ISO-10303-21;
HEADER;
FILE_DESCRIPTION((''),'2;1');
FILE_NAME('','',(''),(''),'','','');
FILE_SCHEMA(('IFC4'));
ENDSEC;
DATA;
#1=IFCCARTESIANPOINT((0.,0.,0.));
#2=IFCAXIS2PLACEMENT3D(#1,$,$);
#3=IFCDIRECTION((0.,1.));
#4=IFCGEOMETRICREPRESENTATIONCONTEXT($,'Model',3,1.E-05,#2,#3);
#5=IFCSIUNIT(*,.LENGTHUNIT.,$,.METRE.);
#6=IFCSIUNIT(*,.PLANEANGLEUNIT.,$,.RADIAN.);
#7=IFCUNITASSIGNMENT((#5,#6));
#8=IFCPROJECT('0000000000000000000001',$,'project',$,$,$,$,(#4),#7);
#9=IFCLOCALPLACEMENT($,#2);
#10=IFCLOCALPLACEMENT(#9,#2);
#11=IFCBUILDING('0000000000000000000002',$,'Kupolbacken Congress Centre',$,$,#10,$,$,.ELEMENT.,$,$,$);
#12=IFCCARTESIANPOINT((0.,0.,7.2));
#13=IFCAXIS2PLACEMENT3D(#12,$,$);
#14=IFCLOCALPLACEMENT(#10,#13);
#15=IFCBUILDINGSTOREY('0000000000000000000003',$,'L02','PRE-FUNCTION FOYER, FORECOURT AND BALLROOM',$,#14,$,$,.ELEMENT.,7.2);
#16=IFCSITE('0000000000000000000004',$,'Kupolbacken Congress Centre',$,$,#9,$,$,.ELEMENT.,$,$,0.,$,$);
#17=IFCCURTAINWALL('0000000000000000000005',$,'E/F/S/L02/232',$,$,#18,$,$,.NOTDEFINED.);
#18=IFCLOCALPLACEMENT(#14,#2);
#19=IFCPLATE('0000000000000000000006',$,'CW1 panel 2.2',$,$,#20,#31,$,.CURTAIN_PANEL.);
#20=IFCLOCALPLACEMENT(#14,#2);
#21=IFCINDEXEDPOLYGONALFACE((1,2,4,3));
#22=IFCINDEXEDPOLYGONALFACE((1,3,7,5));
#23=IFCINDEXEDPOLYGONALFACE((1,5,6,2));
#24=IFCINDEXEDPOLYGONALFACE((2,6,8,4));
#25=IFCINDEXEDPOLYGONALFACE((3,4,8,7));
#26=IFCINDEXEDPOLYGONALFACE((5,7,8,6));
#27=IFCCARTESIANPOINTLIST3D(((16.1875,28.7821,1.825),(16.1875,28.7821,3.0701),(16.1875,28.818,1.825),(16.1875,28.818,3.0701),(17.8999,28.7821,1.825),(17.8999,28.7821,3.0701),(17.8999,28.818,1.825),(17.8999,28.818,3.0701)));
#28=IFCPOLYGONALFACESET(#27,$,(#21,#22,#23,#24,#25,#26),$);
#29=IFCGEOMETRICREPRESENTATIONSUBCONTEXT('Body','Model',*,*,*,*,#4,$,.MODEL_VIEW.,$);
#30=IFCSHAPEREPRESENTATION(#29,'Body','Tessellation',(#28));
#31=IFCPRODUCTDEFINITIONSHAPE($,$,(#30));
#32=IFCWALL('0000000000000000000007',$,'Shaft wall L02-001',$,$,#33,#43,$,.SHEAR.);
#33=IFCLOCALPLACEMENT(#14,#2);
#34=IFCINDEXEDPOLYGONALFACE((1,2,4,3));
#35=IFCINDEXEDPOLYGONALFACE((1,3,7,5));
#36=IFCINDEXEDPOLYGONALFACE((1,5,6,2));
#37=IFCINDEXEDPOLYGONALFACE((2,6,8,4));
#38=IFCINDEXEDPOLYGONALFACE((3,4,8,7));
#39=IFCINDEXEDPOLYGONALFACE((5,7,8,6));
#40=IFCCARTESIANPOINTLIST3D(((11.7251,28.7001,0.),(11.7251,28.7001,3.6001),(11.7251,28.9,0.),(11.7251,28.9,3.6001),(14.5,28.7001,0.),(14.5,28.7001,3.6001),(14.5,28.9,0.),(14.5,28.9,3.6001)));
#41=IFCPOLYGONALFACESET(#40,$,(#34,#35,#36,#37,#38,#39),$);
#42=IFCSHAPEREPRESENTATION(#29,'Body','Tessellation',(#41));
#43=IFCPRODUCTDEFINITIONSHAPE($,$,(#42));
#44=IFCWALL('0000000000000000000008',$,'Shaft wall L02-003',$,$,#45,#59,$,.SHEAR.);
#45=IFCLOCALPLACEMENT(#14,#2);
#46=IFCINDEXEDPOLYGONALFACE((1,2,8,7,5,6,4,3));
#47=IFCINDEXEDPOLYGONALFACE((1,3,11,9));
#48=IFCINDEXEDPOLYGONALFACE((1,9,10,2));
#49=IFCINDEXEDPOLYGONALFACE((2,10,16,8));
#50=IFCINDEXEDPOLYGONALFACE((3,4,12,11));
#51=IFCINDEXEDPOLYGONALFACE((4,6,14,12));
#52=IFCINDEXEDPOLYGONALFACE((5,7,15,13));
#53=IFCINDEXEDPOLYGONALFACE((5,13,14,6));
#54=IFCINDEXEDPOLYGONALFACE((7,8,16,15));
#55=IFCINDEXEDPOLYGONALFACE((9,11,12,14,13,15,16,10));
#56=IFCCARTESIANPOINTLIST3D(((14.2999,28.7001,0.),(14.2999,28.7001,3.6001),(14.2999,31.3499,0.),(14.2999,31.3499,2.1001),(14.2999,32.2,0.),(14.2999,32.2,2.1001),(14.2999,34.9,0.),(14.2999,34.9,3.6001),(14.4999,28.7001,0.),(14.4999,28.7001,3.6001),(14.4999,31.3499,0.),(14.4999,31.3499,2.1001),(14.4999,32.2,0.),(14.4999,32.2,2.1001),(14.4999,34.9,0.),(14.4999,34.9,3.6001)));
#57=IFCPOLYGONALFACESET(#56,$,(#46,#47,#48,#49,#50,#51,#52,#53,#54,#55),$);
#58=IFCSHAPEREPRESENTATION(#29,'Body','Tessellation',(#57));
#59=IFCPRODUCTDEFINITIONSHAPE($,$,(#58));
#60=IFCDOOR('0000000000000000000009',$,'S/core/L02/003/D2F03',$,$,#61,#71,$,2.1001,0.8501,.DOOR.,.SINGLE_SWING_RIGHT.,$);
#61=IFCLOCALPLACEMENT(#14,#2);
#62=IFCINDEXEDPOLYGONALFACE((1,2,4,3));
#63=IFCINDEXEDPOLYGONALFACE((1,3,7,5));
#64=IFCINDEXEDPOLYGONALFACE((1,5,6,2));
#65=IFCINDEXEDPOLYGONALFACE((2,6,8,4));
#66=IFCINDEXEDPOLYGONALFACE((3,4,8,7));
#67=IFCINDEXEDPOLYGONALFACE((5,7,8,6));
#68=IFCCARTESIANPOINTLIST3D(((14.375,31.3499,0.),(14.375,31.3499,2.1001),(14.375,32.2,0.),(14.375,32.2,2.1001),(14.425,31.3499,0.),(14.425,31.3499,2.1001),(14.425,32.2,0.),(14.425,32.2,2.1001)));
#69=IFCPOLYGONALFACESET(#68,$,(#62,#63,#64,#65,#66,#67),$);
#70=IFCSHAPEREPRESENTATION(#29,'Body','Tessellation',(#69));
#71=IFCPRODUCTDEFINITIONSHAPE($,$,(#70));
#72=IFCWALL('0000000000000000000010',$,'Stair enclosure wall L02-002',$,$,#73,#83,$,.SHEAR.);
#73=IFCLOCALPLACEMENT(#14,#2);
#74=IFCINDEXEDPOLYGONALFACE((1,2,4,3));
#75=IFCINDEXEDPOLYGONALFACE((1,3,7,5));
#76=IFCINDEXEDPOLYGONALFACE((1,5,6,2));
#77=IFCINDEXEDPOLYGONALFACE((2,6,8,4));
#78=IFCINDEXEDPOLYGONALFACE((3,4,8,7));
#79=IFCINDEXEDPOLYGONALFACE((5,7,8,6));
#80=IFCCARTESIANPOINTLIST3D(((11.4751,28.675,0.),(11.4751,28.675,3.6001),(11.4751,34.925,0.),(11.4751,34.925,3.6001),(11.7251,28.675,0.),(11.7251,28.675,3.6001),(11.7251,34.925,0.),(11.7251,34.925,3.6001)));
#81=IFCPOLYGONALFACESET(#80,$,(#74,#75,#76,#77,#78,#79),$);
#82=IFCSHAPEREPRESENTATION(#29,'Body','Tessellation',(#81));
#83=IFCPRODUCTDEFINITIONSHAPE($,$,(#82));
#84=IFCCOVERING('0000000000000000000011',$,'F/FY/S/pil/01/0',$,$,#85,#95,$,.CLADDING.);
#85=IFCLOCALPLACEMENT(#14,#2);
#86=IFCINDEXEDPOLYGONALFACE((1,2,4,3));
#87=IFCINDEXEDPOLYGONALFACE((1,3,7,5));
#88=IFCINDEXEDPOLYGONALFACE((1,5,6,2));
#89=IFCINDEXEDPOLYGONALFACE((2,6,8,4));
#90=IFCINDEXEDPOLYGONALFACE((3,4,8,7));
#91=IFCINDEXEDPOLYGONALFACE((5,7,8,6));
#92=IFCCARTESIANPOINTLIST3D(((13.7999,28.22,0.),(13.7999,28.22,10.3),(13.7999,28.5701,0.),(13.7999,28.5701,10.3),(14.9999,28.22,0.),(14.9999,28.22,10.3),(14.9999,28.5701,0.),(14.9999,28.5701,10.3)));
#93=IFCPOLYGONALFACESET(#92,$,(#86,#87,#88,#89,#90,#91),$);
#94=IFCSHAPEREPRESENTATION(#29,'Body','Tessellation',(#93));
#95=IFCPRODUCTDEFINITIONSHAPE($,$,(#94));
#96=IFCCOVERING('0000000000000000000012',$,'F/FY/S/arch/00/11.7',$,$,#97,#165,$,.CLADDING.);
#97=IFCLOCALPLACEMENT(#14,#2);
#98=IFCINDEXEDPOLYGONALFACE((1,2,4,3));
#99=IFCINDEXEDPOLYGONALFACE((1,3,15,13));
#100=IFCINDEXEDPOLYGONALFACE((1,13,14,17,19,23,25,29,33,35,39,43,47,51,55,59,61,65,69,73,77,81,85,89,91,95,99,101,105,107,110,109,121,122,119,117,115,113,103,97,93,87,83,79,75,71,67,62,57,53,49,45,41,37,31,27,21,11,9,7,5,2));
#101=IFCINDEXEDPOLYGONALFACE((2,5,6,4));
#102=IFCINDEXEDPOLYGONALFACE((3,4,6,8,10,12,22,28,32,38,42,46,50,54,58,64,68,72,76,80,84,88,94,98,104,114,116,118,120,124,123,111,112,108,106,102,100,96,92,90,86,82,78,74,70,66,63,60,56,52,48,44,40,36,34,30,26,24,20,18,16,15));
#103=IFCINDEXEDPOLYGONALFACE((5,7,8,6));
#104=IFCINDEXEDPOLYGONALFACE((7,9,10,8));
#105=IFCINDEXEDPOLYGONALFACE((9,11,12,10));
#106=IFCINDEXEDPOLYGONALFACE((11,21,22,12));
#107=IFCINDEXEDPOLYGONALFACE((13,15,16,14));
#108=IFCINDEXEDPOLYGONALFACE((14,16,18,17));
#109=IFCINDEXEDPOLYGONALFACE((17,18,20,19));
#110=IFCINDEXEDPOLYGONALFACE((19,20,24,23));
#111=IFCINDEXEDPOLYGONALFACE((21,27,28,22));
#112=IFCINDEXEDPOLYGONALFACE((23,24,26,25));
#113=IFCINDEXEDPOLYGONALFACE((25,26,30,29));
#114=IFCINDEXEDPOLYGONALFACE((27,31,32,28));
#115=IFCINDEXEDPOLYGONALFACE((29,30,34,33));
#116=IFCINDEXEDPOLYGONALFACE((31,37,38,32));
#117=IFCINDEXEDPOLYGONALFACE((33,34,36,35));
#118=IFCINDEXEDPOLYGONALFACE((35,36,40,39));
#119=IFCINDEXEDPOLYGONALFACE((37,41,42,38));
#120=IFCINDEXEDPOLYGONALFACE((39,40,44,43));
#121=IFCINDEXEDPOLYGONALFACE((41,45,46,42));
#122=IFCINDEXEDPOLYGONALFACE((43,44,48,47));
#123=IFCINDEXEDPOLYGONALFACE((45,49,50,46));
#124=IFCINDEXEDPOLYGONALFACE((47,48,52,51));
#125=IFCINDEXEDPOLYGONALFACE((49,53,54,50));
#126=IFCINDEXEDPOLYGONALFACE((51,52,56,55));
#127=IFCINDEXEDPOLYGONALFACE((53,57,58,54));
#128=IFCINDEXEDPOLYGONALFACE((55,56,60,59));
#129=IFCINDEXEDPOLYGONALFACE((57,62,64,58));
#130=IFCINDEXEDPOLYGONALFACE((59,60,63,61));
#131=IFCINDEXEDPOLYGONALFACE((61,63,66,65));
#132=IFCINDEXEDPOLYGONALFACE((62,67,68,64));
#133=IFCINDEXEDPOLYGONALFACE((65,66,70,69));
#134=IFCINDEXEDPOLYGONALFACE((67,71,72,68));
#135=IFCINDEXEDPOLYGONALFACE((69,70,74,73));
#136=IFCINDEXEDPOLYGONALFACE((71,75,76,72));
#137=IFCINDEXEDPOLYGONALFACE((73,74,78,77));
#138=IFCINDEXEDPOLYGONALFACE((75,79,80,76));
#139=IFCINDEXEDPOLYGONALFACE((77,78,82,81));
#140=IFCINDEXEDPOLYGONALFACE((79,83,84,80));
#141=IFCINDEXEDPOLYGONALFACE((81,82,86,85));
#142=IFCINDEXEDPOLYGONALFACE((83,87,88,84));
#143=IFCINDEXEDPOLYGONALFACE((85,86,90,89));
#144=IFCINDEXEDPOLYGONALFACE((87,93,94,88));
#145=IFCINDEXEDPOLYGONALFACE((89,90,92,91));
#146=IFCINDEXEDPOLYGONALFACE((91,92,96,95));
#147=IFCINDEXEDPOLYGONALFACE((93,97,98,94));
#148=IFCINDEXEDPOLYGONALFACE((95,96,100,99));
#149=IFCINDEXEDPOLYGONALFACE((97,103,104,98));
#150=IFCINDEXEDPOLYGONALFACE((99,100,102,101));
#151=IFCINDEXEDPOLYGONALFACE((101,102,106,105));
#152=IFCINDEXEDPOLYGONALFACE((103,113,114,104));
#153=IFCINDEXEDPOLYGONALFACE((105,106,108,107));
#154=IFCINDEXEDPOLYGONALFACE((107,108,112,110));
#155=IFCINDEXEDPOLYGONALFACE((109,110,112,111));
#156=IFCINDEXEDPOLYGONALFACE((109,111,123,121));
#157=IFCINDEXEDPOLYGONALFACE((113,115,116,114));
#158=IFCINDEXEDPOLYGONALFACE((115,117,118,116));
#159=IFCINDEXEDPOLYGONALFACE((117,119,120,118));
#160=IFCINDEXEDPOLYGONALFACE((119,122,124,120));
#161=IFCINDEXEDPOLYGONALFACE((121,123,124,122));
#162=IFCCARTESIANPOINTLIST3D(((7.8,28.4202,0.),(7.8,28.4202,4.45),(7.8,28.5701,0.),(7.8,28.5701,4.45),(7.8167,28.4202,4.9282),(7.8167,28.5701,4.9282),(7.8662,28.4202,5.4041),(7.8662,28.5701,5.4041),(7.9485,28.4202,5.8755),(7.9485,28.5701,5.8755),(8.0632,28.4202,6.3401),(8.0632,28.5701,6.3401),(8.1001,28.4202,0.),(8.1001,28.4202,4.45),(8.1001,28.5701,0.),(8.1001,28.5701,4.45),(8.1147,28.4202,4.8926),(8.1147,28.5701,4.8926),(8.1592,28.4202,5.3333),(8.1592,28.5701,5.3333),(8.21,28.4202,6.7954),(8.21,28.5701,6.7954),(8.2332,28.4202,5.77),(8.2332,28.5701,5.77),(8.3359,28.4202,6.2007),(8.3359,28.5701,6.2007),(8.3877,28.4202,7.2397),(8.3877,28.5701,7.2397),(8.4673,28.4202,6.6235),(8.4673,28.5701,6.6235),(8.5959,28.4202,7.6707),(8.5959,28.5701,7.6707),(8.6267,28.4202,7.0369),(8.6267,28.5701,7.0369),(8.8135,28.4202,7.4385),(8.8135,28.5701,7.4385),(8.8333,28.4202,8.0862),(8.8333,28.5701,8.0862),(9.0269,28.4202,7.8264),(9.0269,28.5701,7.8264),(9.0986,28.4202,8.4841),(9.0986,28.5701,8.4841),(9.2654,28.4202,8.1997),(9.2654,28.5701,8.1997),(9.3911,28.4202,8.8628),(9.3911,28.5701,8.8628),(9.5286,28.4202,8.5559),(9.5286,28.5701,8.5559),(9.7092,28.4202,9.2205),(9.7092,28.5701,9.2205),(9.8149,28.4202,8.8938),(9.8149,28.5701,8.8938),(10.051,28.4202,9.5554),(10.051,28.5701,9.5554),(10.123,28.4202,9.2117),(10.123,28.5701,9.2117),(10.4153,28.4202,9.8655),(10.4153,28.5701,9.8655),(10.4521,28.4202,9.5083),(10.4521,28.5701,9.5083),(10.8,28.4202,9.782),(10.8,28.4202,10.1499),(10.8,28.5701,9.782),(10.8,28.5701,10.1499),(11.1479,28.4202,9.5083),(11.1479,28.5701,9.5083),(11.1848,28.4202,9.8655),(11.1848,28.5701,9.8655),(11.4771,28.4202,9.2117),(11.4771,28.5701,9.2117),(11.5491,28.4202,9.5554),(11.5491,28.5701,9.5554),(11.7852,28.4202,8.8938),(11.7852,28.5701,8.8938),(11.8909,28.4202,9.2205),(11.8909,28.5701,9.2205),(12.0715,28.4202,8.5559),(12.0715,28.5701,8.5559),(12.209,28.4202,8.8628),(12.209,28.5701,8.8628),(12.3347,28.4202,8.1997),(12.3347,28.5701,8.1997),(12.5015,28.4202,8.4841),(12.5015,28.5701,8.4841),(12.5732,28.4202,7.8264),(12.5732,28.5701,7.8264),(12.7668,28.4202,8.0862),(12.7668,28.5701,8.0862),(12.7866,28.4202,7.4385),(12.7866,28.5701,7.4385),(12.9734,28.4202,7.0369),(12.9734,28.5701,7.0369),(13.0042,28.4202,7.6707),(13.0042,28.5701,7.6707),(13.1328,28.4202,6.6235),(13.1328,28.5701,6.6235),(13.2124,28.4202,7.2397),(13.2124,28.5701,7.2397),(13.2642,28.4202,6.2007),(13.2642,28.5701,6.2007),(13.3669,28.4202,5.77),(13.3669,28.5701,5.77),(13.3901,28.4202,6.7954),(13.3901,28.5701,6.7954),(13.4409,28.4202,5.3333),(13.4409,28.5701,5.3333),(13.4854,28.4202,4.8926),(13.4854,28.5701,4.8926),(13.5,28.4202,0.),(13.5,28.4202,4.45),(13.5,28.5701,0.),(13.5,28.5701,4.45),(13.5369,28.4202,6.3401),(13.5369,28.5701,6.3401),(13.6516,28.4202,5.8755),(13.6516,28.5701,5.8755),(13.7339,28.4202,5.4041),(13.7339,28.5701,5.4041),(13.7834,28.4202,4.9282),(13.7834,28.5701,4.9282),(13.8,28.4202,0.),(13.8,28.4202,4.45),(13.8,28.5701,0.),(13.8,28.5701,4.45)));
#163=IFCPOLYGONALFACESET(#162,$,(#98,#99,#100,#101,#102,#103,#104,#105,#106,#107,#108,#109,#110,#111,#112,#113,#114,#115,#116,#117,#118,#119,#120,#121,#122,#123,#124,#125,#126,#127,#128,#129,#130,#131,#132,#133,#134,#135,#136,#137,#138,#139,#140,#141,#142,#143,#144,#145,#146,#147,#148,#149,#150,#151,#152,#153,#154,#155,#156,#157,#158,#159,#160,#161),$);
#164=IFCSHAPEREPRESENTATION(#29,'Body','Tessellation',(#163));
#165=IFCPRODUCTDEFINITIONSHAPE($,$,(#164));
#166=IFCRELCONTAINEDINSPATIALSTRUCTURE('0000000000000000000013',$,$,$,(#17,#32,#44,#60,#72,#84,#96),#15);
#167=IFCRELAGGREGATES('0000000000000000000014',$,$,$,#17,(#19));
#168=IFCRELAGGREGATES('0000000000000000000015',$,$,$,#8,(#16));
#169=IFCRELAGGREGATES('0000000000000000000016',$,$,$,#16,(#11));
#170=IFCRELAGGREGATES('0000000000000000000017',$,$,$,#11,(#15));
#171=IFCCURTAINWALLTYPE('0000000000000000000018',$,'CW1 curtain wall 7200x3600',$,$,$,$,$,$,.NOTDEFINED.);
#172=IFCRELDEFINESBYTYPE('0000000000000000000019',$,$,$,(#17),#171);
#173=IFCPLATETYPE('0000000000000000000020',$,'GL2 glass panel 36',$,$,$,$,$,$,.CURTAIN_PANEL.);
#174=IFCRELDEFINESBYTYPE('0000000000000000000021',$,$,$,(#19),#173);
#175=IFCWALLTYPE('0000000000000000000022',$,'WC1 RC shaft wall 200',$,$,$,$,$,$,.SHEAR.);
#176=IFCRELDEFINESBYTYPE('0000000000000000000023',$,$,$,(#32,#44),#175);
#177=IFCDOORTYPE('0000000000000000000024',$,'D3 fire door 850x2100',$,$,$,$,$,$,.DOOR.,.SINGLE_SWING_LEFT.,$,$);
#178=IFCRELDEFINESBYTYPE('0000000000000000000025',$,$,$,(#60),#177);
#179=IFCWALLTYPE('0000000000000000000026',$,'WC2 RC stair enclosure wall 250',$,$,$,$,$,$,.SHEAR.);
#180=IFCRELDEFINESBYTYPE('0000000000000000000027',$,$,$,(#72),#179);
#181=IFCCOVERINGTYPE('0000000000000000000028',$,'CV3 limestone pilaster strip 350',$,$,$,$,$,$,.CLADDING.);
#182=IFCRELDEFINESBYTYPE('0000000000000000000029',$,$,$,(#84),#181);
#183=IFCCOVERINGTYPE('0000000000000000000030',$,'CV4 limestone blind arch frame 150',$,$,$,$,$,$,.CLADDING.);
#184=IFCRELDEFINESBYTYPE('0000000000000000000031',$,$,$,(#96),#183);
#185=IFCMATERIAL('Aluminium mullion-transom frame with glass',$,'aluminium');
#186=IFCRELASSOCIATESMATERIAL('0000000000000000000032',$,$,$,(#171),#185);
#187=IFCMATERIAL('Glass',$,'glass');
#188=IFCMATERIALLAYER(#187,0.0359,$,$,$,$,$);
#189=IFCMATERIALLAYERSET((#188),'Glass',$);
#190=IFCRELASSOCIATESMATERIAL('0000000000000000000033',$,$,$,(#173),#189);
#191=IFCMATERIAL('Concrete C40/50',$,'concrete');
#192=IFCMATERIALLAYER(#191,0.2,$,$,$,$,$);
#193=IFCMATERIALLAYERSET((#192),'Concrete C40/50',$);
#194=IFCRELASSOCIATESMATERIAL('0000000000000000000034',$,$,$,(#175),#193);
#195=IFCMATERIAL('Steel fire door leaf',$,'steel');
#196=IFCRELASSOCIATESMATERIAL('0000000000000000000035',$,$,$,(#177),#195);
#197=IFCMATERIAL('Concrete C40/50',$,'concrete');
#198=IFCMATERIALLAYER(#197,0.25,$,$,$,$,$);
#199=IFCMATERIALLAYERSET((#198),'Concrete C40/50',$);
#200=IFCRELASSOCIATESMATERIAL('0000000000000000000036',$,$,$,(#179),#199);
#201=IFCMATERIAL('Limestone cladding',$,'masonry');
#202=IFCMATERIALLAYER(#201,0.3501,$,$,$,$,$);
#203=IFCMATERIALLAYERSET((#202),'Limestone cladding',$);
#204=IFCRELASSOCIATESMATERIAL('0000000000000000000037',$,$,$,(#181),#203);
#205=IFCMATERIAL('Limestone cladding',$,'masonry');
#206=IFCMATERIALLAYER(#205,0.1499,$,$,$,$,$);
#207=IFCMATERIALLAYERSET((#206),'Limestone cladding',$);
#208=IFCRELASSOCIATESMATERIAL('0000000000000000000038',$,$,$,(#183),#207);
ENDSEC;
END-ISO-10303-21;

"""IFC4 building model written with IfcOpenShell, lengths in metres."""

from ifc_helpers import new_model, si_unit, direction, frame, frame_2d, origin, origin_2d, place, context, subcontext, project, spatial, polyline, rectangle, outline, extrude, material, layer, layer_set, type_object, element, fill, aggregate, save


model = new_model("IFC4")

# Units and contexts
model_context = context("Model", 3, precision=1e-05, world=origin(), true_north=direction((0.0, 1.0)))
body_context = subcontext(model_context, "Body", "Model", "MODEL_VIEW")
ifc_project = project(units=[si_unit("LENGTHUNIT", "METRE"), si_unit("PLANEANGLEUNIT", "RADIAN")], contexts=[model_context])

# Site, building, storey
site_placement = place(None, origin())
site = spatial("IfcSite", under=ifc_project, at=site_placement, Name="Kupolbacken Congress Centre", CompositionType="ELEMENT", RefElevation=0.0)
building_placement = place(site_placement, origin())
building = spatial("IfcBuilding", under=site, at=building_placement, Name="Kupolbacken Congress Centre", CompositionType="ELEMENT")
storey_placement = place(building_placement, frame((0.0, 0.0, 7.2)))
storey = spatial("IfcBuildingStorey", under=building, at=storey_placement, Name="L02", Description="PRE-FUNCTION FOYER, FORECOURT AND BALLROOM", CompositionType="ELEMENT", Elevation=7.2)

# Curtain wall, plate
ifc_material_1 = material(Name="Aluminium mullion-transom frame with glass", Category="aluminium")
curtain_wall_type = type_object("IfcCurtainWallType", Name="CW1 curtain wall 7200x3600", PredefinedType="NOTDEFINED", material=ifc_material_1)
curtain_wall_placement = place(storey_placement, origin())
curtain_wall = element("IfcCurtainWall", 1, at=curtain_wall_placement, inside=storey, type_object=curtain_wall_type, Name="E/F/S/L02/232", PredefinedType="NOTDEFINED")
ifc_material_2 = material(Name="Glass", Category="glass")
ifc_layer_1 = layer(ifc_material_2, 0.0359)
ifc_layer_set_1 = layer_set([ifc_layer_1], Name="Glass")
plate_type = type_object("IfcPlateType", Name="GL2 glass panel 36", PredefinedType="CURTAIN_PANEL", material=ifc_layer_set_1)
plate_1_placement = place(storey_placement, frame((17.0437, 28.8, 1.825), z_axis=(0.0, 0.0, 1.0), x_axis=(1.0, 0.0, 0.0)))
plate_1 = element("IfcPlate", 2, at=plate_1_placement, type_object=plate_type, Name="CW1 panel 2.2", PredefinedType="CURTAIN_PANEL", context=body_context, shape_type="SweptSolid", body=[
    extrude(rectangle(XDim=1.7124, YDim=0.0359, at=origin_2d()), origin(), (0.0, 0.0, 1.0), 1.2451),
])
aggregate(curtain_wall, [plate_1])

# Wall
ifc_material_3 = material(Name="Concrete C40/50", Category="concrete")
ifc_layer_2 = layer(ifc_material_3, 0.2)
ifc_layer_set_2 = layer_set([ifc_layer_2], Name="Concrete C40/50")
wall_type_1 = type_object("IfcWallType", Name="WC1 RC shaft wall 200", PredefinedType="SHEAR", material=ifc_layer_set_2)
wall_1_placement = place(storey_placement, frame((11.7251, 28.8, 0.0), z_axis=(0.0, 0.0, 1.0), x_axis=(1.0, 0.0, 0.0)))
element("IfcWall", 3, at=wall_1_placement, inside=storey, type_object=wall_type_1, Name="Shaft wall L02-001", PredefinedType="SHEAR", context=body_context, shape_type="SweptSolid", body=[
    extrude(rectangle(XDim=2.7749, YDim=0.2, at=frame_2d((1.3875, 0.0))), origin(), (0.0, 0.0, 1.0), 3.6001),
])

# Wall, opening, door
wall_2_placement = place(storey_placement, frame((14.3999, 28.7, 0.0), z_axis=(0.0, 0.0, 1.0), x_axis=(0.0, 1.0, 0.0)))
wall_2 = element("IfcWall", 4, at=wall_2_placement, inside=storey, type_object=wall_type_1, Name="Shaft wall L02-003", PredefinedType="SHEAR", context=body_context, shape_type="SweptSolid", body=[
    extrude(rectangle(XDim=6.2, YDim=0.2, at=frame_2d((3.1001, 0.0))), origin(), (0.0, 0.0, 1.0), 3.6001),
])
opening_placement = place(wall_2_placement, frame((2.6499, 0.0, 0.0)))
opening = element("IfcOpeningElement", 5, at=opening_placement, cuts=wall_2, PredefinedType="OPENING", context=body_context, shape_type="SweptSolid", body=[
    extrude(rectangle(XDim=0.8501, YDim=2.1001, at=frame_2d((0.425, 1.05))), frame((0.0, 0.1099, 0.0), z_axis=(0.0, -1.0, 0.0), x_axis=(1.0, 0.0, 0.0)), (0.0, 0.0, 1.0), 0.22),
])
ifc_material_4 = material(Name="Steel fire door leaf", Category="steel")
door_type = type_object("IfcDoorType", Name="D3 fire door 850x2100", OperationType="SINGLE_SWING_LEFT", PredefinedType="DOOR", material=ifc_material_4)
door_placement = place(opening_placement, origin())
door = element("IfcDoor", 6, at=door_placement, inside=storey, type_object=door_type, Name="S/core/L02/003/D2F03", OperationType="SINGLE_SWING_RIGHT", OverallHeight=2.1001, OverallWidth=0.8501, PredefinedType="DOOR", context=body_context, shape_type="SweptSolid", body=[
    extrude(rectangle(XDim=0.8501, YDim=2.1001, at=frame_2d((0.425, 1.05))), frame((0.0, 0.0249, 0.0), z_axis=(0.0, -1.0, 0.0), x_axis=(1.0, 0.0, 0.0)), (0.0, 0.0, 1.0), 0.05),
])
fill(opening, door)

# Wall
ifc_material_5 = material(Name="Concrete C40/50", Category="concrete")
ifc_layer_3 = layer(ifc_material_5, 0.25)
ifc_layer_set_3 = layer_set([ifc_layer_3], Name="Concrete C40/50")
wall_type_2 = type_object("IfcWallType", Name="WC2 RC stair enclosure wall 250", PredefinedType="SHEAR", material=ifc_layer_set_3)
wall_3_placement = place(storey_placement, frame((11.6001, 28.675, 0.0), z_axis=(0.0, 0.0, 1.0), x_axis=(0.0, 1.0, 0.0)))
element("IfcWall", 7, at=wall_3_placement, inside=storey, type_object=wall_type_2, Name="Stair enclosure wall L02-002", PredefinedType="SHEAR", context=body_context, shape_type="SweptSolid", body=[
    extrude(rectangle(XDim=6.25, YDim=0.25, at=frame_2d((3.125, 0.0))), origin(), (0.0, 0.0, 1.0), 3.6001),
])

# Coverings
ifc_material_6 = material(Name="Limestone cladding", Category="masonry")
ifc_layer_4 = layer(ifc_material_6, 0.3501)
ifc_layer_set_4 = layer_set([ifc_layer_4], Name="Limestone cladding")
covering_type_1 = type_object("IfcCoveringType", Name="CV3 limestone pilaster strip 350", PredefinedType="CLADDING", material=ifc_layer_set_4)
covering_1_placement = place(storey_placement, frame((14.3999, 28.395, 0.0), z_axis=(0.0, 0.0, 1.0), x_axis=(1.0, 0.0, 0.0)))
element("IfcCovering", 8, at=covering_1_placement, inside=storey, type_object=covering_type_1, Name="F/FY/S/pil/01/0", PredefinedType="CLADDING", context=body_context, shape_type="SweptSolid", body=[
    extrude(rectangle(XDim=1.2, YDim=0.3501, at=origin_2d()), origin(), (0.0, 0.0, 1.0), 10.3),
])
ifc_material_7 = material(Name="Limestone cladding", Category="masonry")
ifc_layer_5 = layer(ifc_material_7, 0.1499)
ifc_layer_set_5 = layer_set([ifc_layer_5], Name="Limestone cladding")
covering_type_2 = type_object("IfcCoveringType", Name="CV4 limestone blind arch frame 150", PredefinedType="CLADDING", material=ifc_layer_set_5)
covering_2_placement = place(storey_placement, frame((7.8, 28.5701, 0.0), z_axis=(0.0, -1.0, 0.0), x_axis=(1.0, 0.0, 0.0)))
element("IfcCovering", 9, at=covering_2_placement, inside=storey, type_object=covering_type_2, Name="F/FY/S/arch/00/11.7", PredefinedType="CLADDING", context=body_context, shape_type="SweptSolid", body=[
    extrude(outline(polyline([(0.0, 0.0), (0.0, 4.45), (0.0166, 4.9282), (0.0662, 5.4041), (0.1484, 5.8755), (0.2632, 6.3401), (0.4099, 6.7954), (0.5876, 7.2397), (0.7959, 7.6707), (1.0332, 8.0862), (1.2986, 8.4841), (1.5911, 8.8628), (1.9092, 9.2205), (2.251, 9.5554), (2.6152, 9.8655), (3.0, 10.1499), (3.3848, 9.8655), (3.749, 9.5554), (4.0908, 9.2205), (4.4089, 8.8628), (4.7014, 8.4841), (4.9668, 8.0862), (5.2041, 7.6707), (5.4124, 7.2397), (5.5901, 6.7954), (5.7368, 6.3401), (5.8516, 5.8755), (5.9338, 5.4041), (5.9834, 4.9282), (6.0, 4.45), (6.0, 0.0), (5.7, 0.0), (5.7, 4.45), (5.6853, 4.8926), (5.6409, 5.3333), (5.5669, 5.77), (5.4641, 6.2007), (5.3328, 6.6235), (5.1733, 7.0369), (4.9866, 7.4385), (4.7732, 7.8264), (4.5347, 8.1997), (4.2715, 8.5559), (3.9851, 8.8938), (3.677, 9.2117), (3.3479, 9.5083), (3.0, 9.782), (2.6521, 9.5083), (2.323, 9.2117), (2.0149, 8.8938), (1.7285, 8.5559), (1.4653, 8.1997), (1.2268, 7.8264), (1.0134, 7.4385), (0.8267, 7.0369), (0.6672, 6.6235), (0.5359, 6.2007), (0.4331, 5.77), (0.3591, 5.3333), (0.3147, 4.8926), (0.3, 4.45), (0.3, 0.0), (0.0, 0.0)])), origin(), (0.0, 0.0, 1.0), 0.1499),
])

save(model, "model.ifc")
